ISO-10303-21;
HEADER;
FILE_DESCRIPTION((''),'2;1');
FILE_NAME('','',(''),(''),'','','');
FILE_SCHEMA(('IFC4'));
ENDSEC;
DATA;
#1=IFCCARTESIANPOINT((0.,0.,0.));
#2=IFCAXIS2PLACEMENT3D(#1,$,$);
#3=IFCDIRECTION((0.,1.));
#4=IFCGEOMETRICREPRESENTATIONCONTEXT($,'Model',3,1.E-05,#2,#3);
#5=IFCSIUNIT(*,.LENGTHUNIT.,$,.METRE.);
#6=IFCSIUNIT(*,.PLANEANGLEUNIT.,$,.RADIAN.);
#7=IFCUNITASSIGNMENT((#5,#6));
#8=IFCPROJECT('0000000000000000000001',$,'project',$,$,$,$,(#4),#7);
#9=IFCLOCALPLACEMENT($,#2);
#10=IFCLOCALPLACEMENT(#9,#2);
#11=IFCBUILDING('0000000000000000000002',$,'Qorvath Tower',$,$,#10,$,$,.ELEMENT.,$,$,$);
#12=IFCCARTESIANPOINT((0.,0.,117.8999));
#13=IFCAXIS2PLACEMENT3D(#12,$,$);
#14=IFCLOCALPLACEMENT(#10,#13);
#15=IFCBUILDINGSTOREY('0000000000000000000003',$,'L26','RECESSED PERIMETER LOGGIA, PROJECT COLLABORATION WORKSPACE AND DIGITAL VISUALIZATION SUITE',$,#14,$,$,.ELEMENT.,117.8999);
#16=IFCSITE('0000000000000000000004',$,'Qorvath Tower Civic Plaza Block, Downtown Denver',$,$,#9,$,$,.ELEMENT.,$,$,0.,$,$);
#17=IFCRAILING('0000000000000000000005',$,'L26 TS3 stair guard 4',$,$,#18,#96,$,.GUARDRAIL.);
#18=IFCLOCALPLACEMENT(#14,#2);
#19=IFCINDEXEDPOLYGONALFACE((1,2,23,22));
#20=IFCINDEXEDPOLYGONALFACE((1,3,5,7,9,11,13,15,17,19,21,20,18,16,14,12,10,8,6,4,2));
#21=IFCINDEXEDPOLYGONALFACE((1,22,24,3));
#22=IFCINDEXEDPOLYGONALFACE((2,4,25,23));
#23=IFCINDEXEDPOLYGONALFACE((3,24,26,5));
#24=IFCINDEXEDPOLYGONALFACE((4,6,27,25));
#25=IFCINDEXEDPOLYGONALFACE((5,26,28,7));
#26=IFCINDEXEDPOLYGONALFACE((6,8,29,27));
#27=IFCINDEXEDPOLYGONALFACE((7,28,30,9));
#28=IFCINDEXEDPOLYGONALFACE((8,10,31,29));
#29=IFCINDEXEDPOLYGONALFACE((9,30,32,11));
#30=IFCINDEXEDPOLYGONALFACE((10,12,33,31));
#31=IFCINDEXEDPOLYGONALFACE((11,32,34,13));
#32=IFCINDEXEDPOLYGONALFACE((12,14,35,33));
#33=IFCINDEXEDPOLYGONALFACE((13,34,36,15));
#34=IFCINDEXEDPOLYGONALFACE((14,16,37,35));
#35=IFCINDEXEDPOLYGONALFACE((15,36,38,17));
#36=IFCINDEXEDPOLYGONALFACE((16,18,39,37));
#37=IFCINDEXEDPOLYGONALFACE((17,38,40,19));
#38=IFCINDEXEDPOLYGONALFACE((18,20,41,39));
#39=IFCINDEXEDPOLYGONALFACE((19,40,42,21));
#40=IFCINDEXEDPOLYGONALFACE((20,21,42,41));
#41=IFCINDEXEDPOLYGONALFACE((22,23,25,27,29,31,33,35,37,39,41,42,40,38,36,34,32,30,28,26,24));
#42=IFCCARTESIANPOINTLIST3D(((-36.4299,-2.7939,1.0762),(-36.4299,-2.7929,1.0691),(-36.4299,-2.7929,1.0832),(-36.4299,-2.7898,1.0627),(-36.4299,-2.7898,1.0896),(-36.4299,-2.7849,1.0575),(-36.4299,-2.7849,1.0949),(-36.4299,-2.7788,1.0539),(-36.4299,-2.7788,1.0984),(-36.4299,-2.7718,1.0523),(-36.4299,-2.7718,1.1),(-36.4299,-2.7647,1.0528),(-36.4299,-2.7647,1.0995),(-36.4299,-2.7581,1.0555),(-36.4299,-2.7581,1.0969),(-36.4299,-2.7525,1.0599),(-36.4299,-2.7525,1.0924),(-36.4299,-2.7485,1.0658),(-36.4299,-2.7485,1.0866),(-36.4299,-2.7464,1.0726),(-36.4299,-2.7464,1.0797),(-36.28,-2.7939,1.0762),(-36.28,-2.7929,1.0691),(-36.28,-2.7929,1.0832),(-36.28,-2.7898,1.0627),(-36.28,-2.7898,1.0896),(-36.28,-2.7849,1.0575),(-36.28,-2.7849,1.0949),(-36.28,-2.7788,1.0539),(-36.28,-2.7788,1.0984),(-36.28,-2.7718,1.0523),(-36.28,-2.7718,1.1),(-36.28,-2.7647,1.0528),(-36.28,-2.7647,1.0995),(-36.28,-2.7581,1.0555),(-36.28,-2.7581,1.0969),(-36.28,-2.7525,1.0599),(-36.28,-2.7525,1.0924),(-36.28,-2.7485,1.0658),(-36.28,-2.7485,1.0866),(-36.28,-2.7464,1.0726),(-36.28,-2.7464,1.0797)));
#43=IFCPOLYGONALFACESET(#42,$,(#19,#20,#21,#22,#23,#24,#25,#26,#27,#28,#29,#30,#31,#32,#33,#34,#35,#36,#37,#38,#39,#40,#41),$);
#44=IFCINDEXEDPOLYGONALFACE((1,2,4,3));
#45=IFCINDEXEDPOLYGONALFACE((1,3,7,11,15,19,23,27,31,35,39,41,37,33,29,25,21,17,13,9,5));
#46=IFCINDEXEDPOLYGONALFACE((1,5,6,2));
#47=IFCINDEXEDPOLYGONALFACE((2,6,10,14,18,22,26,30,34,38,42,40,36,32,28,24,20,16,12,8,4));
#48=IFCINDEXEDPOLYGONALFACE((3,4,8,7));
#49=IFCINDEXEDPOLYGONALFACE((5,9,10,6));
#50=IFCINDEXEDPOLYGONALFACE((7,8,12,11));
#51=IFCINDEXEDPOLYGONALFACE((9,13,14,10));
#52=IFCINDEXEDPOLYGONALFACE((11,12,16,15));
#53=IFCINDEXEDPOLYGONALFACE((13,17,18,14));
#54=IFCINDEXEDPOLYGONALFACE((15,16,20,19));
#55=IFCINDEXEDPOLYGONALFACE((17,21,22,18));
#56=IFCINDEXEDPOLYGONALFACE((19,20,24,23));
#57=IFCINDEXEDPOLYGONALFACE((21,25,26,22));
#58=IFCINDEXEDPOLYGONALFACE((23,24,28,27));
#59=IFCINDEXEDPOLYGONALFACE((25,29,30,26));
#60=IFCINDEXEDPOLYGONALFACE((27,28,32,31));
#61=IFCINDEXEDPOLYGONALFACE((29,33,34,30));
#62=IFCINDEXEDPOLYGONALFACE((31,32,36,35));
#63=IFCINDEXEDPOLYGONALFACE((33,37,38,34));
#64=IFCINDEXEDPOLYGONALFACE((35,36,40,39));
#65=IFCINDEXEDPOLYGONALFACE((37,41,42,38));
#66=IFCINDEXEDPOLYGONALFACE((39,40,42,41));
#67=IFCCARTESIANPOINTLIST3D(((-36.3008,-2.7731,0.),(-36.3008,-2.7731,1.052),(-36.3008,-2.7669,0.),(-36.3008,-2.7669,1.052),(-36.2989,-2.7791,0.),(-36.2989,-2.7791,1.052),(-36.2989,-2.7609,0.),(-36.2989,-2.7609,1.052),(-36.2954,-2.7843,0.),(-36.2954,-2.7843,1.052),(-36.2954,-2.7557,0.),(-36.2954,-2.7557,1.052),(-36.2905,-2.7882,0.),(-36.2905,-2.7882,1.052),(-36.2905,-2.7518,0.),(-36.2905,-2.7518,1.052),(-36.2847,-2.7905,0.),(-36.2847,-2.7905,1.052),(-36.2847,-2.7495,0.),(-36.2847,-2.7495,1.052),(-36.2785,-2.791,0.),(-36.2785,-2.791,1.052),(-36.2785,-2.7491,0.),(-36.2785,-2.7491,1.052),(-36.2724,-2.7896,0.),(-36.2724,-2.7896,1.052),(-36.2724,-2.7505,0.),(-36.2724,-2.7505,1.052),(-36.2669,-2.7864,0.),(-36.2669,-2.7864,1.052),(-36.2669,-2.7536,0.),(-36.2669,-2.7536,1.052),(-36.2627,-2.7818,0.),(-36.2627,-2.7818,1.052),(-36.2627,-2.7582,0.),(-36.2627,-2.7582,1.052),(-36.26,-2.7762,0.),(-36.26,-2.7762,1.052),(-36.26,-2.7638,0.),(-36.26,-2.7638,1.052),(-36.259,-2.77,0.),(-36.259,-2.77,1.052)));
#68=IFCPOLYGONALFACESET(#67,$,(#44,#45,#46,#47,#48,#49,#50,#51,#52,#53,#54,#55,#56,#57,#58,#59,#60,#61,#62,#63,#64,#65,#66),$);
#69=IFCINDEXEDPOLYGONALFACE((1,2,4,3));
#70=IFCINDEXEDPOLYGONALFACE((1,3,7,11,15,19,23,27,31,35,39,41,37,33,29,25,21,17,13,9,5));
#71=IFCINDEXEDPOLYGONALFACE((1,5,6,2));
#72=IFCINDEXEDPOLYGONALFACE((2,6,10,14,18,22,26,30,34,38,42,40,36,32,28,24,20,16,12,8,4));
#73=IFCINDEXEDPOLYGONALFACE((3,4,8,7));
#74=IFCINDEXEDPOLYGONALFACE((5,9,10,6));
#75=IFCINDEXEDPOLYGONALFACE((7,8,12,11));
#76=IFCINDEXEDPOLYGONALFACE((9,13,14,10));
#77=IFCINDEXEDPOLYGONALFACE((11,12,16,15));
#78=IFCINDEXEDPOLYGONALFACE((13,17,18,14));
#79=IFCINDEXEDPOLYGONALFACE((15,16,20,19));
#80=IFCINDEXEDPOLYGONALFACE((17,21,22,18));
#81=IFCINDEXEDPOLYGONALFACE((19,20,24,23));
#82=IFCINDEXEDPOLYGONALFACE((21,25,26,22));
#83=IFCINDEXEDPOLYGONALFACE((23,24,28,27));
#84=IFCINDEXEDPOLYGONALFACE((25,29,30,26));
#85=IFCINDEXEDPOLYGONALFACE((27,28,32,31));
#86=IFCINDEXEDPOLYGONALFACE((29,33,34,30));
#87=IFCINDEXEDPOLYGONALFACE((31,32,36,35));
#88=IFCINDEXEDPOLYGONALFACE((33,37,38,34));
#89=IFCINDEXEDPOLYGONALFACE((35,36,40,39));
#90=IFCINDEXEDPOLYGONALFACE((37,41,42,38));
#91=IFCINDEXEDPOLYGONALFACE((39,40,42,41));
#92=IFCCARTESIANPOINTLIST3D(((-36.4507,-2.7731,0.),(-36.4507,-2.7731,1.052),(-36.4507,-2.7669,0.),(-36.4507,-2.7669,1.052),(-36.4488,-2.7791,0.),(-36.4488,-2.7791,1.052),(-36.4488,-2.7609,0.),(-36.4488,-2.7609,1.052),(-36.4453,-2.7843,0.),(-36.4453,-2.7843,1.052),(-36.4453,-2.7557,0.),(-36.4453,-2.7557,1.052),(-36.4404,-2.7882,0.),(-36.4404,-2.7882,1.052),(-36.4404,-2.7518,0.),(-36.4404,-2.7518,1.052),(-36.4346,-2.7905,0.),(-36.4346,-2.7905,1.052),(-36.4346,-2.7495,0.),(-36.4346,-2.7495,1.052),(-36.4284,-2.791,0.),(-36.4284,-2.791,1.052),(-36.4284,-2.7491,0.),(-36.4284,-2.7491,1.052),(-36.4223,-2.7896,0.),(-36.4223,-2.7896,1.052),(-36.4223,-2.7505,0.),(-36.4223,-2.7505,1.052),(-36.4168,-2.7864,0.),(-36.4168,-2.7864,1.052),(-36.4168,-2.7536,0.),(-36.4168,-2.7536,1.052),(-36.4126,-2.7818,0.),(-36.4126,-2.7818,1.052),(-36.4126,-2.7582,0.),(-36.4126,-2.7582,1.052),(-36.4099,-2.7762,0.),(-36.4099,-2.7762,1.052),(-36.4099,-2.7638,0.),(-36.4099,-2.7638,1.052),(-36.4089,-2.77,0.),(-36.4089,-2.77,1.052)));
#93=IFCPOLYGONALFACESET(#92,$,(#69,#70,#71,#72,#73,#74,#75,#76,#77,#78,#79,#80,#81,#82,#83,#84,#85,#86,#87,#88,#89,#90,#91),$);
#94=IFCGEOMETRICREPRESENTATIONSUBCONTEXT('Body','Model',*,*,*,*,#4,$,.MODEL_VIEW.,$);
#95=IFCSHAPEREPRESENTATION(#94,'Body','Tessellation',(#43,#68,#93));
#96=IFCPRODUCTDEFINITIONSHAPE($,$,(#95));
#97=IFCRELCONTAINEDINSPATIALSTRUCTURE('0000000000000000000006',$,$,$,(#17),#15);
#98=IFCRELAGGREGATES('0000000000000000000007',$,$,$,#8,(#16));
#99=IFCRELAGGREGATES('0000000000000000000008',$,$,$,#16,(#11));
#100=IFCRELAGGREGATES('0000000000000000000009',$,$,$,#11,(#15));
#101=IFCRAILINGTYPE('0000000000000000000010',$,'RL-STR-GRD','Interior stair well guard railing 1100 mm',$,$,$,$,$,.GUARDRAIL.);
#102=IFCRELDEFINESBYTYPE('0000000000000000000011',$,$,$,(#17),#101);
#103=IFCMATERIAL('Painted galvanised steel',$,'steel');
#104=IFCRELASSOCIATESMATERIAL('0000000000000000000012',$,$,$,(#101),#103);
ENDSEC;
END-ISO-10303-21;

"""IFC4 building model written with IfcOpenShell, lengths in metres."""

from ifc_helpers import new_model, si_unit, direction, frame, origin, origin_2d, place, context, subcontext, project, spatial, circle, extrude, material, type_object, element, save


model = new_model("IFC4")

# Units and contexts
model_context = context("Model", 3, precision=1e-05, world=origin(), true_north=direction((0.0, 1.0)))
body_context = subcontext(model_context, "Body", "Model", "MODEL_VIEW")
ifc_project = project(units=[si_unit("LENGTHUNIT", "METRE"), si_unit("PLANEANGLEUNIT", "RADIAN")], contexts=[model_context])

# Site, building, storey
site_placement = place(None, origin())
site = spatial("IfcSite", under=ifc_project, at=site_placement, Name="Qorvath Tower Civic Plaza Block, Downtown Denver", CompositionType="ELEMENT", RefElevation=0.0)
building_placement = place(site_placement, origin())
building = spatial("IfcBuilding", under=site, at=building_placement, Name="Qorvath Tower", CompositionType="ELEMENT")
storey_placement = place(building_placement, frame((0.0, 0.0, 117.8999)))
storey = spatial("IfcBuildingStorey", under=building, at=storey_placement, Name="L26", Description="RECESSED PERIMETER LOGGIA, PROJECT COLLABORATION WORKSPACE AND DIGITAL VISUALIZATION SUITE", CompositionType="ELEMENT", Elevation=117.8999)

# Railing
ifc_material_1 = material(Name="Painted galvanised steel", Category="steel")
railing_type_1 = type_object("IfcRailingType", Name="RL-STR-GRD", Description="Interior stair well guard railing 1100 mm", PredefinedType="GUARDRAIL", material=ifc_material_1)
railing_1_placement = place(storey_placement, frame((-36.28, -2.77, 0.0)))
element("IfcRailing", 1, at=railing_1_placement, inside=storey, type_object=railing_type_1, Name="L26 TS3 stair guard 4", PredefinedType="GUARDRAIL", context=body_context, shape_type="SweptSolid", body=[
    extrude(circle(Radius=0.0239, at=origin_2d()), frame((0.0, 0.0, 1.0762), z_axis=(-1.0, 0.0, 0.0), x_axis=(0.0, -1.0, 0.0)), (0.0, 0.0, 1.0), 0.1499),
    extrude(circle(Radius=0.021, at=origin_2d()), origin(), (0.0, 0.0, 1.0), 1.052),
    extrude(circle(Radius=0.021, at=origin_2d()), frame((-0.1499, 0.0, 0.0)), (0.0, 0.0, 1.0), 1.052),
])

save(model, "model.ifc")
